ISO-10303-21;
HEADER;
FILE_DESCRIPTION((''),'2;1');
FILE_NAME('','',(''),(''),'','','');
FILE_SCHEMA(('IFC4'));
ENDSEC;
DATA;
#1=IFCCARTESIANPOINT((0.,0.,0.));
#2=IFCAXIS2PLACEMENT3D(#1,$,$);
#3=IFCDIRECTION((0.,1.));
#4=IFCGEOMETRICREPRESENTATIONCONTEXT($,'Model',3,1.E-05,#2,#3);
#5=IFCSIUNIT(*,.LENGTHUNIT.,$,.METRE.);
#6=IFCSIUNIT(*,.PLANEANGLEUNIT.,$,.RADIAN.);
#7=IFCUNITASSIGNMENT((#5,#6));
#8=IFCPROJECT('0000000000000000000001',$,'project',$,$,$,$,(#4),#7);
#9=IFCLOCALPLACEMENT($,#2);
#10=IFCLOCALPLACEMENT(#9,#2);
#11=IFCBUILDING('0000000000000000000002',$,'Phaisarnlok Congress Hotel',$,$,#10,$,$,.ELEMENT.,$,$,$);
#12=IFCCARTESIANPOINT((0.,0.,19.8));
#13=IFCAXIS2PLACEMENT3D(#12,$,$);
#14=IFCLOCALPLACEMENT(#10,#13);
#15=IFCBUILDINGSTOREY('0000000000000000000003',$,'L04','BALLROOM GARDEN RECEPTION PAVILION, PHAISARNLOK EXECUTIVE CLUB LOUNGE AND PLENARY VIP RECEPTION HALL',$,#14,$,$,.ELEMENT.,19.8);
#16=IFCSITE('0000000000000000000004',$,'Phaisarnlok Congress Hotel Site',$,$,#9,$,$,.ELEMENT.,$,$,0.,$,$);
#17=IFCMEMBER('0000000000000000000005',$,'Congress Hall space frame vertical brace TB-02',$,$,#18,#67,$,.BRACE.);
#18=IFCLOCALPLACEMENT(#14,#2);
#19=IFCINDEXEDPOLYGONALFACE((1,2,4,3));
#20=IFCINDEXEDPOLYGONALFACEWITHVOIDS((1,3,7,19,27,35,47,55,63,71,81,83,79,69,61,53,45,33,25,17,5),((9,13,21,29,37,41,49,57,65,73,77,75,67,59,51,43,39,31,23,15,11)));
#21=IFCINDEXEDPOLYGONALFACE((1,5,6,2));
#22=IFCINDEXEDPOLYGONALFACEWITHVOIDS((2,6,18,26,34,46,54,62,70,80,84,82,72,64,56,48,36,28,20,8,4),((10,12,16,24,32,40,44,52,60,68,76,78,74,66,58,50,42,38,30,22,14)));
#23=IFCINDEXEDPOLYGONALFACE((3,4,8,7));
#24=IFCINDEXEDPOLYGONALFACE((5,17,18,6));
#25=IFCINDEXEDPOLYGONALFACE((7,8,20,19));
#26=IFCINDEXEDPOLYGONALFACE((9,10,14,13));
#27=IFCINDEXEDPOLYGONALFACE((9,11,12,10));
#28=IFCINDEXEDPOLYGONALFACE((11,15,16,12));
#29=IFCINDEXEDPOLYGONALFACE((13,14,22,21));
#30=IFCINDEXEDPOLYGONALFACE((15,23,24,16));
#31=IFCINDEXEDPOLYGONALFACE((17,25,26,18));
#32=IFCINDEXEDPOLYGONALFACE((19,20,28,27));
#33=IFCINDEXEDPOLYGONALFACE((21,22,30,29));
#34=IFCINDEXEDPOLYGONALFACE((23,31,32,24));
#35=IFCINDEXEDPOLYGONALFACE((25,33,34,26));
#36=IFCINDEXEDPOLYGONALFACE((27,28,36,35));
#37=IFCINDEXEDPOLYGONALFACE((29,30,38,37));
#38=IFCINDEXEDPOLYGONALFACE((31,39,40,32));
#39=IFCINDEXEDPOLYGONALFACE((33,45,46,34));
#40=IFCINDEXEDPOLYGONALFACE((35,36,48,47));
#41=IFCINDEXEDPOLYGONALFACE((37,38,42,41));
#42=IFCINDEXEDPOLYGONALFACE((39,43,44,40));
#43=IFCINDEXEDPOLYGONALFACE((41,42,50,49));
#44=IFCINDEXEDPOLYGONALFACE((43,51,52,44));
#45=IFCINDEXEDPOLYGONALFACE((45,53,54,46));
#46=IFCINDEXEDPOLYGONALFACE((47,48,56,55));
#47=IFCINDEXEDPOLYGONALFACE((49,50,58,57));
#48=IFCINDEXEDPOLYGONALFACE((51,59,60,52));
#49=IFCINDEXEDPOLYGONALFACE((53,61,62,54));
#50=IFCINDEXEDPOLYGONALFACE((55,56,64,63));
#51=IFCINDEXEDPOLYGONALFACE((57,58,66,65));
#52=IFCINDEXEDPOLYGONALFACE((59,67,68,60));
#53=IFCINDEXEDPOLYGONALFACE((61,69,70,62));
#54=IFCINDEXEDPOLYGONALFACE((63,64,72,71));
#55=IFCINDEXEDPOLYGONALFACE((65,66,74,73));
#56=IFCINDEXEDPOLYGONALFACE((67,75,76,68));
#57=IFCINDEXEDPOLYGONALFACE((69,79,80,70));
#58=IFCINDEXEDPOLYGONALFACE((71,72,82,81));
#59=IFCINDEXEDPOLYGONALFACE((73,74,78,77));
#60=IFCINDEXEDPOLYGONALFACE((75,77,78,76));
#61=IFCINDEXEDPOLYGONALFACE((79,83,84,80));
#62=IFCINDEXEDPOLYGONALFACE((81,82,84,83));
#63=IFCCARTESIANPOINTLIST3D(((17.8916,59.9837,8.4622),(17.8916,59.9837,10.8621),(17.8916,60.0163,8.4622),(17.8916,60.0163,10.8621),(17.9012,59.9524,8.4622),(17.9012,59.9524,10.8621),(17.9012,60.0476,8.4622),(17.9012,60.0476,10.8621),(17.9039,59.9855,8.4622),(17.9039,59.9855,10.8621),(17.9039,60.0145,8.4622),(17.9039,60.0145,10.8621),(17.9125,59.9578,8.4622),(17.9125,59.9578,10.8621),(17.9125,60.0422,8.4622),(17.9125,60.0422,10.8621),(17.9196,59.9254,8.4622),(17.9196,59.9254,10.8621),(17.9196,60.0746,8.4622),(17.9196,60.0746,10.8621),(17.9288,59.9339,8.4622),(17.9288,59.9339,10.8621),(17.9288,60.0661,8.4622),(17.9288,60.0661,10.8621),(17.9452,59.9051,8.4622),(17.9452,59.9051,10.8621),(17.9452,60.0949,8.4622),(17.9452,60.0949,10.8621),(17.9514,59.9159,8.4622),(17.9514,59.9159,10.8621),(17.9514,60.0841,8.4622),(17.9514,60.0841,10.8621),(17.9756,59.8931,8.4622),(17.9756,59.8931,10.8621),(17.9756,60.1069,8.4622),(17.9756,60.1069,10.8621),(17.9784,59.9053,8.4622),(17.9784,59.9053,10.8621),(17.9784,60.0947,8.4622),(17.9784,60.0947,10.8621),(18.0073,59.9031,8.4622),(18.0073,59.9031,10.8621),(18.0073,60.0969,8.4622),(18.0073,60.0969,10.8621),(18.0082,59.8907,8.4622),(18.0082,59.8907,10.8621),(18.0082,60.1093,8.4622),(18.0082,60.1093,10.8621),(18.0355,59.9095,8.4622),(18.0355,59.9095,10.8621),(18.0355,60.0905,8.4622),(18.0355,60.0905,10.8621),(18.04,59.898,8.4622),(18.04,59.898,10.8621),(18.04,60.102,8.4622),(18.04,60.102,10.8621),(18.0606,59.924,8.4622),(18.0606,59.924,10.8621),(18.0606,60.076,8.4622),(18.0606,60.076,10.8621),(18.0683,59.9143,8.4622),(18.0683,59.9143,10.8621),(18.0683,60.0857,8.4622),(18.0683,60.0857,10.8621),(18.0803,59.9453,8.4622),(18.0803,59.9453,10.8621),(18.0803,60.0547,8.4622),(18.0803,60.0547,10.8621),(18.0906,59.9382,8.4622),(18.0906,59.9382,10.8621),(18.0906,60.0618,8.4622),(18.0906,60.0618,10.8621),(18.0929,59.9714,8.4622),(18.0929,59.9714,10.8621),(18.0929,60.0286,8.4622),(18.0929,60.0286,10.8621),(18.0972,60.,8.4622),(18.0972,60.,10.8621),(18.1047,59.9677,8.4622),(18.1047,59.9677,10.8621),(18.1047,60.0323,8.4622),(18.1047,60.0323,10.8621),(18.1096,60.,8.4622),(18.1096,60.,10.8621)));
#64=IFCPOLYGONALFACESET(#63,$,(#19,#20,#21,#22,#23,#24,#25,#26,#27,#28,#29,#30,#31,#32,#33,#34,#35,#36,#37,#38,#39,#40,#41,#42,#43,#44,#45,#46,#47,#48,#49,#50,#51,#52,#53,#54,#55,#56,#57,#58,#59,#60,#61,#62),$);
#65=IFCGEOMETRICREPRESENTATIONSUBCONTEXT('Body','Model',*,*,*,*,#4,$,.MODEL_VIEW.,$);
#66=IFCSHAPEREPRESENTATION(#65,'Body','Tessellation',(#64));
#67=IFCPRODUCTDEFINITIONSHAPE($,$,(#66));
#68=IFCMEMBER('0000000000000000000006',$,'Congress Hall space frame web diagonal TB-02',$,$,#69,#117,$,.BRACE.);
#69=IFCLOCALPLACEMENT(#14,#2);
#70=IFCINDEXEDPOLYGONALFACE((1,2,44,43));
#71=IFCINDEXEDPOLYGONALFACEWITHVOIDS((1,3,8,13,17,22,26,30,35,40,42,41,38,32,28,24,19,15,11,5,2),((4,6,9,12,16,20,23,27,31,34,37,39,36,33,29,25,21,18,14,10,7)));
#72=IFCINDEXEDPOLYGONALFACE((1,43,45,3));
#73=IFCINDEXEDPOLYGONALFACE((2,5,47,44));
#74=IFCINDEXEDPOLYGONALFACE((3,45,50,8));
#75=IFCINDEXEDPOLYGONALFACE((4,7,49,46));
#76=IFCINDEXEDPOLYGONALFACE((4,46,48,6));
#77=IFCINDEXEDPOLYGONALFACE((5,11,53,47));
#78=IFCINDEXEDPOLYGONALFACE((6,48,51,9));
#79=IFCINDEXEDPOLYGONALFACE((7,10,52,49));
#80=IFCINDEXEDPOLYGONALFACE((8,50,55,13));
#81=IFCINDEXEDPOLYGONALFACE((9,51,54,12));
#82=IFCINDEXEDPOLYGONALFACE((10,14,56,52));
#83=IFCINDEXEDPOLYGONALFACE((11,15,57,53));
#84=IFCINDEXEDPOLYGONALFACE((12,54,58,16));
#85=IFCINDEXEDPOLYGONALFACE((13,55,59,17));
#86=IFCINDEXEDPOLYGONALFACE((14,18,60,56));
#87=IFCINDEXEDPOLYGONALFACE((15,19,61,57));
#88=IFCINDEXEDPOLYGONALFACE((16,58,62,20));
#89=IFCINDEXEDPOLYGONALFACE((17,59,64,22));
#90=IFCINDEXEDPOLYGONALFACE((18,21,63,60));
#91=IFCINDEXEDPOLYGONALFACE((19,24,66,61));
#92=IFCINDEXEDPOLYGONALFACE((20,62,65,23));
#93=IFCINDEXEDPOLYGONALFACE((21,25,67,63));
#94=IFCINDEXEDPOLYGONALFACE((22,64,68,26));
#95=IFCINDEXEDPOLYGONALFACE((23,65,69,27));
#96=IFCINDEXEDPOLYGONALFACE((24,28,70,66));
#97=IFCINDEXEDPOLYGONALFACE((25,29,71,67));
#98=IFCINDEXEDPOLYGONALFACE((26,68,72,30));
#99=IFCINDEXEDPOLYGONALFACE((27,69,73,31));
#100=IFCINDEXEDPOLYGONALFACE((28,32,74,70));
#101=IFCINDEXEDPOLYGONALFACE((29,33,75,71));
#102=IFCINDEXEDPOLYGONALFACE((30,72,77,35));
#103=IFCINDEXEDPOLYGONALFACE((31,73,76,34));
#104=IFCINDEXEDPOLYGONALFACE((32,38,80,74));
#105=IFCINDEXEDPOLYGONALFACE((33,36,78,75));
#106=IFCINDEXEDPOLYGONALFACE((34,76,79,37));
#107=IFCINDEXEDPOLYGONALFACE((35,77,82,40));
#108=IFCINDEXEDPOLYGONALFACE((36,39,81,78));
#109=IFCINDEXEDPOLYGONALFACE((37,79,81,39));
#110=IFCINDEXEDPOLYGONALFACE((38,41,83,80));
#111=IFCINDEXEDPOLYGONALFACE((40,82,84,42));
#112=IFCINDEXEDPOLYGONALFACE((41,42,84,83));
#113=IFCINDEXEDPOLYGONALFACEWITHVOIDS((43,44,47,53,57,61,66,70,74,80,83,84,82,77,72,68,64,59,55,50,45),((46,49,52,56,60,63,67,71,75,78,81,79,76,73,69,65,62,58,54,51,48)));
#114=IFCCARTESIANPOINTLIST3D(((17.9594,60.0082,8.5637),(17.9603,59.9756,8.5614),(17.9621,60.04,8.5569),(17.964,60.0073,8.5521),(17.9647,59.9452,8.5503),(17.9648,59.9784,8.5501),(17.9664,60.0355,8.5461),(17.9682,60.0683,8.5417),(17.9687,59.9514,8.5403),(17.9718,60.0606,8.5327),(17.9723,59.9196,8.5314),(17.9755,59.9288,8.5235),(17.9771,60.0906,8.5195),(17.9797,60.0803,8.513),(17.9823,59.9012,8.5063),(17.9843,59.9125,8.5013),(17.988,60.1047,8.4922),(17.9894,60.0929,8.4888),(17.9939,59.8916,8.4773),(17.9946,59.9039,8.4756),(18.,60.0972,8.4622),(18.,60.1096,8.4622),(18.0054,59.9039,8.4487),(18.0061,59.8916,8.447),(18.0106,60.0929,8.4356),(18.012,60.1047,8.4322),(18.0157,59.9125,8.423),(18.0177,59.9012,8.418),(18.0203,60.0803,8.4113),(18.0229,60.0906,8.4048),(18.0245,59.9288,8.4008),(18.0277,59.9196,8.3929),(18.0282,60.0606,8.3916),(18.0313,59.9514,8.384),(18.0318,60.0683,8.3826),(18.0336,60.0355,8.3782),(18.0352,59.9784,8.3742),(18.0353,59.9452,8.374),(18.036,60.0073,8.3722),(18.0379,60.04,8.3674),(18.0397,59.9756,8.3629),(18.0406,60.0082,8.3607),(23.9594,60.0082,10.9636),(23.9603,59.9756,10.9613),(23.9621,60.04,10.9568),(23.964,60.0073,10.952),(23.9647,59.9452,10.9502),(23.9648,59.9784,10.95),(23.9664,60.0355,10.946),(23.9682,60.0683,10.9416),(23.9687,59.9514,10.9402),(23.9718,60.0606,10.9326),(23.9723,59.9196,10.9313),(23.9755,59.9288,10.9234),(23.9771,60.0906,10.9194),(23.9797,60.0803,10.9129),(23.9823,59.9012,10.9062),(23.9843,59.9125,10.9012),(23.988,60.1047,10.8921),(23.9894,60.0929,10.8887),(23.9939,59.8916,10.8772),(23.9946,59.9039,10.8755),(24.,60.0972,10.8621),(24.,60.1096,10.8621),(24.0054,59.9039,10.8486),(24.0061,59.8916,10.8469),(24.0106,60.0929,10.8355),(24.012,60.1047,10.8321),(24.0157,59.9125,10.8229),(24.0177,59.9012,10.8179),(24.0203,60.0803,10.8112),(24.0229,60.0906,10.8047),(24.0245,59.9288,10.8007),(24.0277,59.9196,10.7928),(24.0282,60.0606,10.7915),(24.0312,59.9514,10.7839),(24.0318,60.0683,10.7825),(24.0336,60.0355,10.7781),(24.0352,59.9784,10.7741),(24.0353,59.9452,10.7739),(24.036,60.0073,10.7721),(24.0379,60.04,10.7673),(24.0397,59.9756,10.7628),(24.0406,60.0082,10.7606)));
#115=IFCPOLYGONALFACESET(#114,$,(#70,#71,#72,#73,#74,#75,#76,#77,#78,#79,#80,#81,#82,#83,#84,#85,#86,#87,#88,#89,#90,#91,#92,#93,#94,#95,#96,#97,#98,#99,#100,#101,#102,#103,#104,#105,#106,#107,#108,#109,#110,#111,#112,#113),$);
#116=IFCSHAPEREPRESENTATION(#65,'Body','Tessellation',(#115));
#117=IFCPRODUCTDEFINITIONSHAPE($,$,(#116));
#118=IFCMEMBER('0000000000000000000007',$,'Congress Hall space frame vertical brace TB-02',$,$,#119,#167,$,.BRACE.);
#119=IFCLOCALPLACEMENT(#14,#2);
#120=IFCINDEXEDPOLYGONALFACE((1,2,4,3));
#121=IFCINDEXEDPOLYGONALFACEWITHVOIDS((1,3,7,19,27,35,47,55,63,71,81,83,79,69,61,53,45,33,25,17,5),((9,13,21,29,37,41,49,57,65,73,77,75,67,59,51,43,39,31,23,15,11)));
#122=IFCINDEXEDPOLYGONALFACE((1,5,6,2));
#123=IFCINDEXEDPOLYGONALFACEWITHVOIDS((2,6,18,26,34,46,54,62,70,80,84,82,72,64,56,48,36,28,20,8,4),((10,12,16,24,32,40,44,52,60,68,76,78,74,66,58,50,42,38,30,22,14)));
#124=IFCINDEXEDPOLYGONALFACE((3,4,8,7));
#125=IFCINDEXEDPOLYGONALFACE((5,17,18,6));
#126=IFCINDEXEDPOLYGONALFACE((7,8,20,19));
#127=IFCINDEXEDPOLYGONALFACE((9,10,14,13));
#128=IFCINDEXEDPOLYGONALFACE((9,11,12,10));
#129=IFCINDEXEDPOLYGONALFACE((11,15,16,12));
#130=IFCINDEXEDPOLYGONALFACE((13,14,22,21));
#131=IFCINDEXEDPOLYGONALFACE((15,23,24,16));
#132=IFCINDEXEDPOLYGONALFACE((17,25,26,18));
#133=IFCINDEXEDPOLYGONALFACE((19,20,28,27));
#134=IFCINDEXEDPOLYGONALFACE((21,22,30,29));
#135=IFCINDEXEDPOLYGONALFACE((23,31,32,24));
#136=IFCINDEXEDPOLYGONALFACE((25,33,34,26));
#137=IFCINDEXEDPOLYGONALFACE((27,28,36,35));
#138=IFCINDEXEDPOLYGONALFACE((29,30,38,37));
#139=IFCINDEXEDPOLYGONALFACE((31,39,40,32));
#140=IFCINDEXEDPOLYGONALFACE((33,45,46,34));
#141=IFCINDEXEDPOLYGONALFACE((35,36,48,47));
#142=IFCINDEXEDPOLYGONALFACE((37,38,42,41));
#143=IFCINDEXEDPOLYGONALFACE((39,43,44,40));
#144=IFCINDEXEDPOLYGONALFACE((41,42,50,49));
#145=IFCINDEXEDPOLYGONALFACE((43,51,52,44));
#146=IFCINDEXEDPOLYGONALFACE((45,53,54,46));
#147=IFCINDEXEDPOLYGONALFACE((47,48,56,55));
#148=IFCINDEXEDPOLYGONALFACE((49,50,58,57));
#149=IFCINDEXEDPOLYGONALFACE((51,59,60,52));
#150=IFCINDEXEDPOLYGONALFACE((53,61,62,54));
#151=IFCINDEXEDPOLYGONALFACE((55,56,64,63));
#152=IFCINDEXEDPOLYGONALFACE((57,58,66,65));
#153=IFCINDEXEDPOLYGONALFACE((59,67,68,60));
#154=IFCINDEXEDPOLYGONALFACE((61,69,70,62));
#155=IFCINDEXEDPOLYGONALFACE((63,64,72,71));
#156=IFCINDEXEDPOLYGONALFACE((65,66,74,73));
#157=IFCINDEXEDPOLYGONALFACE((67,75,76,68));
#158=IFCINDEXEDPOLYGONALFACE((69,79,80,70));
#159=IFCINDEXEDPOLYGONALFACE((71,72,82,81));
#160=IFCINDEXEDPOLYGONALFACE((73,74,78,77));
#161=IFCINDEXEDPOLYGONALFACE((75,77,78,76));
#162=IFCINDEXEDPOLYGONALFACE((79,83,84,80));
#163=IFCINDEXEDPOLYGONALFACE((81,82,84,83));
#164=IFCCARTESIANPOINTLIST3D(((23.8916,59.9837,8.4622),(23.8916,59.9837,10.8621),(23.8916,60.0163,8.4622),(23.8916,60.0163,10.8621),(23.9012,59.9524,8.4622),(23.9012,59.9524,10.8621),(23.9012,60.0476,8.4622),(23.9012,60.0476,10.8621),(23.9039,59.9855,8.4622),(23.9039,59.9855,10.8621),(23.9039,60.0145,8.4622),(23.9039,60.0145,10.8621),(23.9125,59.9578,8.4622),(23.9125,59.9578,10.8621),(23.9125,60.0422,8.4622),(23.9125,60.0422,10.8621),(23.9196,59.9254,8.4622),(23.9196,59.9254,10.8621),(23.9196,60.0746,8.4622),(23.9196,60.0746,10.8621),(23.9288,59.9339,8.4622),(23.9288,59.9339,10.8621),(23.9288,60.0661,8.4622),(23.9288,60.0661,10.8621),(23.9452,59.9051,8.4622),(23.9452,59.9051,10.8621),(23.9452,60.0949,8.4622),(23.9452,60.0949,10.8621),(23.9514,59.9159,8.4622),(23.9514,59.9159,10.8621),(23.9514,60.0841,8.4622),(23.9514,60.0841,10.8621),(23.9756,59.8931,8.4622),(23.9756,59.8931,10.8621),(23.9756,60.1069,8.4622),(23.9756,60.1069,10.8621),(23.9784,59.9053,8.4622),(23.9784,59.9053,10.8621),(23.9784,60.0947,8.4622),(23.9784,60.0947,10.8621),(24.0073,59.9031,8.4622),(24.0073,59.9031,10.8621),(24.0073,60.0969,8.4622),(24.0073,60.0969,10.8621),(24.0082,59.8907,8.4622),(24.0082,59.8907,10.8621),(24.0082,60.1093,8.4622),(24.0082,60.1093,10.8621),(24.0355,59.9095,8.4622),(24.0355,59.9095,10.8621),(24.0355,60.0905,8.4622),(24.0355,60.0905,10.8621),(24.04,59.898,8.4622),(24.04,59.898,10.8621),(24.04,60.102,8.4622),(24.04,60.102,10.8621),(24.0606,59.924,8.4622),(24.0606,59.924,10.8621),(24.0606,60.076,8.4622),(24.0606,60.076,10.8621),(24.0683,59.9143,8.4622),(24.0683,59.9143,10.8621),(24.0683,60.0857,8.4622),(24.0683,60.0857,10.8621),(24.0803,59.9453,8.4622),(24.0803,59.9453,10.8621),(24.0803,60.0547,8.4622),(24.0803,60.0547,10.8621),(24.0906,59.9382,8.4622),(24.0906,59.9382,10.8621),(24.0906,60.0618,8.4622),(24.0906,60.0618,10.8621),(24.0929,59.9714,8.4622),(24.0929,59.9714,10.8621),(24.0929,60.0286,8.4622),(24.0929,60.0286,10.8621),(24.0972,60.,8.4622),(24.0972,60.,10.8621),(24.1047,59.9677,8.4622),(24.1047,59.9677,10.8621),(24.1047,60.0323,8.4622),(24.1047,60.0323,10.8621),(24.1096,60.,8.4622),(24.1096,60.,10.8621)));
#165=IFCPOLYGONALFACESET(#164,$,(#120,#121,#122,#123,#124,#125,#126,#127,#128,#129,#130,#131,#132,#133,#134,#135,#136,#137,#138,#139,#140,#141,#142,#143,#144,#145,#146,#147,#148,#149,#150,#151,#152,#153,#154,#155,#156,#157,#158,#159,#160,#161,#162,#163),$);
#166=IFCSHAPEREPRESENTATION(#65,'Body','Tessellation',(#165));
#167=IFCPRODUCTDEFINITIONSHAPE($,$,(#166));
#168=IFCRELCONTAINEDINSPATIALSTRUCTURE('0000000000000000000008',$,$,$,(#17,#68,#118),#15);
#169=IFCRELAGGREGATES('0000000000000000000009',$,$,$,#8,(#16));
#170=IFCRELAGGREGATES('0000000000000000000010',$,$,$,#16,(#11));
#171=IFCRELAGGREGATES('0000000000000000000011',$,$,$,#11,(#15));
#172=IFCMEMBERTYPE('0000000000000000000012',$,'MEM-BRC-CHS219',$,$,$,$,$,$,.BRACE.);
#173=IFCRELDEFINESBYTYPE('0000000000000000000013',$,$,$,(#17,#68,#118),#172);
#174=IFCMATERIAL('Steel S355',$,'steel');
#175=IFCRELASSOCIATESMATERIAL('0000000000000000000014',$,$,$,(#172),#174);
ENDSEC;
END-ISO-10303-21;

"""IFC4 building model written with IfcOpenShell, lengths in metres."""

from ifc_helpers import new_model, si_unit, direction, frame, origin, origin_2d, place, context, subcontext, project, spatial, hollow_circle, extrude, material, material_profile, profile_set, type_object, element, save


model = new_model("IFC4")

# Units and contexts
model_context = context("Model", 3, precision=1e-05, world=origin(), true_north=direction((0.0, 1.0)))
body_context = subcontext(model_context, "Body", "Model", "MODEL_VIEW")
ifc_project = project(units=[si_unit("LENGTHUNIT", "METRE"), si_unit("PLANEANGLEUNIT", "RADIAN")], contexts=[model_context])

# Site, building, storey
site_placement = place(None, origin())
site = spatial("IfcSite", under=ifc_project, at=site_placement, Name="Phaisarnlok Congress Hotel Site", CompositionType="ELEMENT", RefElevation=0.0)
building_placement = place(site_placement, origin())
building = spatial("IfcBuilding", under=site, at=building_placement, Name="Phaisarnlok Congress Hotel", CompositionType="ELEMENT")
storey_placement = place(building_placement, frame((0.0, 0.0, 19.8)))
storey = spatial("IfcBuildingStorey", under=building, at=storey_placement, Name="L04", Description="BALLROOM GARDEN RECEPTION PAVILION, PHAISARNLOK EXECUTIVE CLUB LOUNGE AND PLENARY VIP RECEPTION HALL", CompositionType="ELEMENT", Elevation=19.8)

# Members
ifc_material = material(Name="Steel S355", Category="steel")
ifc_material_profile_1 = material_profile(ifc_material, hollow_circle(Radius=0.1096, WallThickness=0.0125, at=origin_2d()), Name="CHS 219.1x12.5")
ifc_profile_set_1 = profile_set([ifc_material_profile_1], Name="Steel S355")
member_type_1 = type_object("IfcMemberType", Name="MEM-BRC-CHS219", PredefinedType="BRACE", material=ifc_profile_set_1)
member_1_placement = place(storey_placement, frame((18.0, 60.0, 8.4622), z_axis=(0.0, 0.0, 1.0), x_axis=(1.0, 0.0, 0.0)))
element("IfcMember", 1, at=member_1_placement, inside=storey, type_object=member_type_1, Name="Congress Hall space frame vertical brace TB-02", PredefinedType="BRACE", context=body_context, shape_type="SweptSolid", body=[
    extrude(hollow_circle(Radius=0.1096, WallThickness=0.0125, at=origin_2d()), origin(), (0.0, 0.0, 1.0), 2.3999),
])
member_2_placement = place(storey_placement, frame((18.0, 60.0, 8.4622), z_axis=(0.928482, 0.0, 0.371378), x_axis=(0.0, 1.0, 0.0)))
element("IfcMember", 2, at=member_2_placement, inside=storey, type_object=member_type_1, Name="Congress Hall space frame web diagonal TB-02", PredefinedType="BRACE", context=body_context, shape_type="SweptSolid", body=[
    extrude(hollow_circle(Radius=0.1096, WallThickness=0.0125, at=origin_2d()), origin(), (0.0, 0.0, 1.0), 6.4622),
])
member_3_placement = place(storey_placement, frame((24.0, 60.0, 8.4622), z_axis=(0.0, 0.0, 1.0), x_axis=(1.0, 0.0, 0.0)))
element("IfcMember", 3, at=member_3_placement, inside=storey, type_object=member_type_1, Name="Congress Hall space frame vertical brace TB-02", PredefinedType="BRACE", context=body_context, shape_type="SweptSolid", body=[
    extrude(hollow_circle(Radius=0.1096, WallThickness=0.0125, at=origin_2d()), origin(), (0.0, 0.0, 1.0), 2.3999),
])

save(model, "model.ifc")
